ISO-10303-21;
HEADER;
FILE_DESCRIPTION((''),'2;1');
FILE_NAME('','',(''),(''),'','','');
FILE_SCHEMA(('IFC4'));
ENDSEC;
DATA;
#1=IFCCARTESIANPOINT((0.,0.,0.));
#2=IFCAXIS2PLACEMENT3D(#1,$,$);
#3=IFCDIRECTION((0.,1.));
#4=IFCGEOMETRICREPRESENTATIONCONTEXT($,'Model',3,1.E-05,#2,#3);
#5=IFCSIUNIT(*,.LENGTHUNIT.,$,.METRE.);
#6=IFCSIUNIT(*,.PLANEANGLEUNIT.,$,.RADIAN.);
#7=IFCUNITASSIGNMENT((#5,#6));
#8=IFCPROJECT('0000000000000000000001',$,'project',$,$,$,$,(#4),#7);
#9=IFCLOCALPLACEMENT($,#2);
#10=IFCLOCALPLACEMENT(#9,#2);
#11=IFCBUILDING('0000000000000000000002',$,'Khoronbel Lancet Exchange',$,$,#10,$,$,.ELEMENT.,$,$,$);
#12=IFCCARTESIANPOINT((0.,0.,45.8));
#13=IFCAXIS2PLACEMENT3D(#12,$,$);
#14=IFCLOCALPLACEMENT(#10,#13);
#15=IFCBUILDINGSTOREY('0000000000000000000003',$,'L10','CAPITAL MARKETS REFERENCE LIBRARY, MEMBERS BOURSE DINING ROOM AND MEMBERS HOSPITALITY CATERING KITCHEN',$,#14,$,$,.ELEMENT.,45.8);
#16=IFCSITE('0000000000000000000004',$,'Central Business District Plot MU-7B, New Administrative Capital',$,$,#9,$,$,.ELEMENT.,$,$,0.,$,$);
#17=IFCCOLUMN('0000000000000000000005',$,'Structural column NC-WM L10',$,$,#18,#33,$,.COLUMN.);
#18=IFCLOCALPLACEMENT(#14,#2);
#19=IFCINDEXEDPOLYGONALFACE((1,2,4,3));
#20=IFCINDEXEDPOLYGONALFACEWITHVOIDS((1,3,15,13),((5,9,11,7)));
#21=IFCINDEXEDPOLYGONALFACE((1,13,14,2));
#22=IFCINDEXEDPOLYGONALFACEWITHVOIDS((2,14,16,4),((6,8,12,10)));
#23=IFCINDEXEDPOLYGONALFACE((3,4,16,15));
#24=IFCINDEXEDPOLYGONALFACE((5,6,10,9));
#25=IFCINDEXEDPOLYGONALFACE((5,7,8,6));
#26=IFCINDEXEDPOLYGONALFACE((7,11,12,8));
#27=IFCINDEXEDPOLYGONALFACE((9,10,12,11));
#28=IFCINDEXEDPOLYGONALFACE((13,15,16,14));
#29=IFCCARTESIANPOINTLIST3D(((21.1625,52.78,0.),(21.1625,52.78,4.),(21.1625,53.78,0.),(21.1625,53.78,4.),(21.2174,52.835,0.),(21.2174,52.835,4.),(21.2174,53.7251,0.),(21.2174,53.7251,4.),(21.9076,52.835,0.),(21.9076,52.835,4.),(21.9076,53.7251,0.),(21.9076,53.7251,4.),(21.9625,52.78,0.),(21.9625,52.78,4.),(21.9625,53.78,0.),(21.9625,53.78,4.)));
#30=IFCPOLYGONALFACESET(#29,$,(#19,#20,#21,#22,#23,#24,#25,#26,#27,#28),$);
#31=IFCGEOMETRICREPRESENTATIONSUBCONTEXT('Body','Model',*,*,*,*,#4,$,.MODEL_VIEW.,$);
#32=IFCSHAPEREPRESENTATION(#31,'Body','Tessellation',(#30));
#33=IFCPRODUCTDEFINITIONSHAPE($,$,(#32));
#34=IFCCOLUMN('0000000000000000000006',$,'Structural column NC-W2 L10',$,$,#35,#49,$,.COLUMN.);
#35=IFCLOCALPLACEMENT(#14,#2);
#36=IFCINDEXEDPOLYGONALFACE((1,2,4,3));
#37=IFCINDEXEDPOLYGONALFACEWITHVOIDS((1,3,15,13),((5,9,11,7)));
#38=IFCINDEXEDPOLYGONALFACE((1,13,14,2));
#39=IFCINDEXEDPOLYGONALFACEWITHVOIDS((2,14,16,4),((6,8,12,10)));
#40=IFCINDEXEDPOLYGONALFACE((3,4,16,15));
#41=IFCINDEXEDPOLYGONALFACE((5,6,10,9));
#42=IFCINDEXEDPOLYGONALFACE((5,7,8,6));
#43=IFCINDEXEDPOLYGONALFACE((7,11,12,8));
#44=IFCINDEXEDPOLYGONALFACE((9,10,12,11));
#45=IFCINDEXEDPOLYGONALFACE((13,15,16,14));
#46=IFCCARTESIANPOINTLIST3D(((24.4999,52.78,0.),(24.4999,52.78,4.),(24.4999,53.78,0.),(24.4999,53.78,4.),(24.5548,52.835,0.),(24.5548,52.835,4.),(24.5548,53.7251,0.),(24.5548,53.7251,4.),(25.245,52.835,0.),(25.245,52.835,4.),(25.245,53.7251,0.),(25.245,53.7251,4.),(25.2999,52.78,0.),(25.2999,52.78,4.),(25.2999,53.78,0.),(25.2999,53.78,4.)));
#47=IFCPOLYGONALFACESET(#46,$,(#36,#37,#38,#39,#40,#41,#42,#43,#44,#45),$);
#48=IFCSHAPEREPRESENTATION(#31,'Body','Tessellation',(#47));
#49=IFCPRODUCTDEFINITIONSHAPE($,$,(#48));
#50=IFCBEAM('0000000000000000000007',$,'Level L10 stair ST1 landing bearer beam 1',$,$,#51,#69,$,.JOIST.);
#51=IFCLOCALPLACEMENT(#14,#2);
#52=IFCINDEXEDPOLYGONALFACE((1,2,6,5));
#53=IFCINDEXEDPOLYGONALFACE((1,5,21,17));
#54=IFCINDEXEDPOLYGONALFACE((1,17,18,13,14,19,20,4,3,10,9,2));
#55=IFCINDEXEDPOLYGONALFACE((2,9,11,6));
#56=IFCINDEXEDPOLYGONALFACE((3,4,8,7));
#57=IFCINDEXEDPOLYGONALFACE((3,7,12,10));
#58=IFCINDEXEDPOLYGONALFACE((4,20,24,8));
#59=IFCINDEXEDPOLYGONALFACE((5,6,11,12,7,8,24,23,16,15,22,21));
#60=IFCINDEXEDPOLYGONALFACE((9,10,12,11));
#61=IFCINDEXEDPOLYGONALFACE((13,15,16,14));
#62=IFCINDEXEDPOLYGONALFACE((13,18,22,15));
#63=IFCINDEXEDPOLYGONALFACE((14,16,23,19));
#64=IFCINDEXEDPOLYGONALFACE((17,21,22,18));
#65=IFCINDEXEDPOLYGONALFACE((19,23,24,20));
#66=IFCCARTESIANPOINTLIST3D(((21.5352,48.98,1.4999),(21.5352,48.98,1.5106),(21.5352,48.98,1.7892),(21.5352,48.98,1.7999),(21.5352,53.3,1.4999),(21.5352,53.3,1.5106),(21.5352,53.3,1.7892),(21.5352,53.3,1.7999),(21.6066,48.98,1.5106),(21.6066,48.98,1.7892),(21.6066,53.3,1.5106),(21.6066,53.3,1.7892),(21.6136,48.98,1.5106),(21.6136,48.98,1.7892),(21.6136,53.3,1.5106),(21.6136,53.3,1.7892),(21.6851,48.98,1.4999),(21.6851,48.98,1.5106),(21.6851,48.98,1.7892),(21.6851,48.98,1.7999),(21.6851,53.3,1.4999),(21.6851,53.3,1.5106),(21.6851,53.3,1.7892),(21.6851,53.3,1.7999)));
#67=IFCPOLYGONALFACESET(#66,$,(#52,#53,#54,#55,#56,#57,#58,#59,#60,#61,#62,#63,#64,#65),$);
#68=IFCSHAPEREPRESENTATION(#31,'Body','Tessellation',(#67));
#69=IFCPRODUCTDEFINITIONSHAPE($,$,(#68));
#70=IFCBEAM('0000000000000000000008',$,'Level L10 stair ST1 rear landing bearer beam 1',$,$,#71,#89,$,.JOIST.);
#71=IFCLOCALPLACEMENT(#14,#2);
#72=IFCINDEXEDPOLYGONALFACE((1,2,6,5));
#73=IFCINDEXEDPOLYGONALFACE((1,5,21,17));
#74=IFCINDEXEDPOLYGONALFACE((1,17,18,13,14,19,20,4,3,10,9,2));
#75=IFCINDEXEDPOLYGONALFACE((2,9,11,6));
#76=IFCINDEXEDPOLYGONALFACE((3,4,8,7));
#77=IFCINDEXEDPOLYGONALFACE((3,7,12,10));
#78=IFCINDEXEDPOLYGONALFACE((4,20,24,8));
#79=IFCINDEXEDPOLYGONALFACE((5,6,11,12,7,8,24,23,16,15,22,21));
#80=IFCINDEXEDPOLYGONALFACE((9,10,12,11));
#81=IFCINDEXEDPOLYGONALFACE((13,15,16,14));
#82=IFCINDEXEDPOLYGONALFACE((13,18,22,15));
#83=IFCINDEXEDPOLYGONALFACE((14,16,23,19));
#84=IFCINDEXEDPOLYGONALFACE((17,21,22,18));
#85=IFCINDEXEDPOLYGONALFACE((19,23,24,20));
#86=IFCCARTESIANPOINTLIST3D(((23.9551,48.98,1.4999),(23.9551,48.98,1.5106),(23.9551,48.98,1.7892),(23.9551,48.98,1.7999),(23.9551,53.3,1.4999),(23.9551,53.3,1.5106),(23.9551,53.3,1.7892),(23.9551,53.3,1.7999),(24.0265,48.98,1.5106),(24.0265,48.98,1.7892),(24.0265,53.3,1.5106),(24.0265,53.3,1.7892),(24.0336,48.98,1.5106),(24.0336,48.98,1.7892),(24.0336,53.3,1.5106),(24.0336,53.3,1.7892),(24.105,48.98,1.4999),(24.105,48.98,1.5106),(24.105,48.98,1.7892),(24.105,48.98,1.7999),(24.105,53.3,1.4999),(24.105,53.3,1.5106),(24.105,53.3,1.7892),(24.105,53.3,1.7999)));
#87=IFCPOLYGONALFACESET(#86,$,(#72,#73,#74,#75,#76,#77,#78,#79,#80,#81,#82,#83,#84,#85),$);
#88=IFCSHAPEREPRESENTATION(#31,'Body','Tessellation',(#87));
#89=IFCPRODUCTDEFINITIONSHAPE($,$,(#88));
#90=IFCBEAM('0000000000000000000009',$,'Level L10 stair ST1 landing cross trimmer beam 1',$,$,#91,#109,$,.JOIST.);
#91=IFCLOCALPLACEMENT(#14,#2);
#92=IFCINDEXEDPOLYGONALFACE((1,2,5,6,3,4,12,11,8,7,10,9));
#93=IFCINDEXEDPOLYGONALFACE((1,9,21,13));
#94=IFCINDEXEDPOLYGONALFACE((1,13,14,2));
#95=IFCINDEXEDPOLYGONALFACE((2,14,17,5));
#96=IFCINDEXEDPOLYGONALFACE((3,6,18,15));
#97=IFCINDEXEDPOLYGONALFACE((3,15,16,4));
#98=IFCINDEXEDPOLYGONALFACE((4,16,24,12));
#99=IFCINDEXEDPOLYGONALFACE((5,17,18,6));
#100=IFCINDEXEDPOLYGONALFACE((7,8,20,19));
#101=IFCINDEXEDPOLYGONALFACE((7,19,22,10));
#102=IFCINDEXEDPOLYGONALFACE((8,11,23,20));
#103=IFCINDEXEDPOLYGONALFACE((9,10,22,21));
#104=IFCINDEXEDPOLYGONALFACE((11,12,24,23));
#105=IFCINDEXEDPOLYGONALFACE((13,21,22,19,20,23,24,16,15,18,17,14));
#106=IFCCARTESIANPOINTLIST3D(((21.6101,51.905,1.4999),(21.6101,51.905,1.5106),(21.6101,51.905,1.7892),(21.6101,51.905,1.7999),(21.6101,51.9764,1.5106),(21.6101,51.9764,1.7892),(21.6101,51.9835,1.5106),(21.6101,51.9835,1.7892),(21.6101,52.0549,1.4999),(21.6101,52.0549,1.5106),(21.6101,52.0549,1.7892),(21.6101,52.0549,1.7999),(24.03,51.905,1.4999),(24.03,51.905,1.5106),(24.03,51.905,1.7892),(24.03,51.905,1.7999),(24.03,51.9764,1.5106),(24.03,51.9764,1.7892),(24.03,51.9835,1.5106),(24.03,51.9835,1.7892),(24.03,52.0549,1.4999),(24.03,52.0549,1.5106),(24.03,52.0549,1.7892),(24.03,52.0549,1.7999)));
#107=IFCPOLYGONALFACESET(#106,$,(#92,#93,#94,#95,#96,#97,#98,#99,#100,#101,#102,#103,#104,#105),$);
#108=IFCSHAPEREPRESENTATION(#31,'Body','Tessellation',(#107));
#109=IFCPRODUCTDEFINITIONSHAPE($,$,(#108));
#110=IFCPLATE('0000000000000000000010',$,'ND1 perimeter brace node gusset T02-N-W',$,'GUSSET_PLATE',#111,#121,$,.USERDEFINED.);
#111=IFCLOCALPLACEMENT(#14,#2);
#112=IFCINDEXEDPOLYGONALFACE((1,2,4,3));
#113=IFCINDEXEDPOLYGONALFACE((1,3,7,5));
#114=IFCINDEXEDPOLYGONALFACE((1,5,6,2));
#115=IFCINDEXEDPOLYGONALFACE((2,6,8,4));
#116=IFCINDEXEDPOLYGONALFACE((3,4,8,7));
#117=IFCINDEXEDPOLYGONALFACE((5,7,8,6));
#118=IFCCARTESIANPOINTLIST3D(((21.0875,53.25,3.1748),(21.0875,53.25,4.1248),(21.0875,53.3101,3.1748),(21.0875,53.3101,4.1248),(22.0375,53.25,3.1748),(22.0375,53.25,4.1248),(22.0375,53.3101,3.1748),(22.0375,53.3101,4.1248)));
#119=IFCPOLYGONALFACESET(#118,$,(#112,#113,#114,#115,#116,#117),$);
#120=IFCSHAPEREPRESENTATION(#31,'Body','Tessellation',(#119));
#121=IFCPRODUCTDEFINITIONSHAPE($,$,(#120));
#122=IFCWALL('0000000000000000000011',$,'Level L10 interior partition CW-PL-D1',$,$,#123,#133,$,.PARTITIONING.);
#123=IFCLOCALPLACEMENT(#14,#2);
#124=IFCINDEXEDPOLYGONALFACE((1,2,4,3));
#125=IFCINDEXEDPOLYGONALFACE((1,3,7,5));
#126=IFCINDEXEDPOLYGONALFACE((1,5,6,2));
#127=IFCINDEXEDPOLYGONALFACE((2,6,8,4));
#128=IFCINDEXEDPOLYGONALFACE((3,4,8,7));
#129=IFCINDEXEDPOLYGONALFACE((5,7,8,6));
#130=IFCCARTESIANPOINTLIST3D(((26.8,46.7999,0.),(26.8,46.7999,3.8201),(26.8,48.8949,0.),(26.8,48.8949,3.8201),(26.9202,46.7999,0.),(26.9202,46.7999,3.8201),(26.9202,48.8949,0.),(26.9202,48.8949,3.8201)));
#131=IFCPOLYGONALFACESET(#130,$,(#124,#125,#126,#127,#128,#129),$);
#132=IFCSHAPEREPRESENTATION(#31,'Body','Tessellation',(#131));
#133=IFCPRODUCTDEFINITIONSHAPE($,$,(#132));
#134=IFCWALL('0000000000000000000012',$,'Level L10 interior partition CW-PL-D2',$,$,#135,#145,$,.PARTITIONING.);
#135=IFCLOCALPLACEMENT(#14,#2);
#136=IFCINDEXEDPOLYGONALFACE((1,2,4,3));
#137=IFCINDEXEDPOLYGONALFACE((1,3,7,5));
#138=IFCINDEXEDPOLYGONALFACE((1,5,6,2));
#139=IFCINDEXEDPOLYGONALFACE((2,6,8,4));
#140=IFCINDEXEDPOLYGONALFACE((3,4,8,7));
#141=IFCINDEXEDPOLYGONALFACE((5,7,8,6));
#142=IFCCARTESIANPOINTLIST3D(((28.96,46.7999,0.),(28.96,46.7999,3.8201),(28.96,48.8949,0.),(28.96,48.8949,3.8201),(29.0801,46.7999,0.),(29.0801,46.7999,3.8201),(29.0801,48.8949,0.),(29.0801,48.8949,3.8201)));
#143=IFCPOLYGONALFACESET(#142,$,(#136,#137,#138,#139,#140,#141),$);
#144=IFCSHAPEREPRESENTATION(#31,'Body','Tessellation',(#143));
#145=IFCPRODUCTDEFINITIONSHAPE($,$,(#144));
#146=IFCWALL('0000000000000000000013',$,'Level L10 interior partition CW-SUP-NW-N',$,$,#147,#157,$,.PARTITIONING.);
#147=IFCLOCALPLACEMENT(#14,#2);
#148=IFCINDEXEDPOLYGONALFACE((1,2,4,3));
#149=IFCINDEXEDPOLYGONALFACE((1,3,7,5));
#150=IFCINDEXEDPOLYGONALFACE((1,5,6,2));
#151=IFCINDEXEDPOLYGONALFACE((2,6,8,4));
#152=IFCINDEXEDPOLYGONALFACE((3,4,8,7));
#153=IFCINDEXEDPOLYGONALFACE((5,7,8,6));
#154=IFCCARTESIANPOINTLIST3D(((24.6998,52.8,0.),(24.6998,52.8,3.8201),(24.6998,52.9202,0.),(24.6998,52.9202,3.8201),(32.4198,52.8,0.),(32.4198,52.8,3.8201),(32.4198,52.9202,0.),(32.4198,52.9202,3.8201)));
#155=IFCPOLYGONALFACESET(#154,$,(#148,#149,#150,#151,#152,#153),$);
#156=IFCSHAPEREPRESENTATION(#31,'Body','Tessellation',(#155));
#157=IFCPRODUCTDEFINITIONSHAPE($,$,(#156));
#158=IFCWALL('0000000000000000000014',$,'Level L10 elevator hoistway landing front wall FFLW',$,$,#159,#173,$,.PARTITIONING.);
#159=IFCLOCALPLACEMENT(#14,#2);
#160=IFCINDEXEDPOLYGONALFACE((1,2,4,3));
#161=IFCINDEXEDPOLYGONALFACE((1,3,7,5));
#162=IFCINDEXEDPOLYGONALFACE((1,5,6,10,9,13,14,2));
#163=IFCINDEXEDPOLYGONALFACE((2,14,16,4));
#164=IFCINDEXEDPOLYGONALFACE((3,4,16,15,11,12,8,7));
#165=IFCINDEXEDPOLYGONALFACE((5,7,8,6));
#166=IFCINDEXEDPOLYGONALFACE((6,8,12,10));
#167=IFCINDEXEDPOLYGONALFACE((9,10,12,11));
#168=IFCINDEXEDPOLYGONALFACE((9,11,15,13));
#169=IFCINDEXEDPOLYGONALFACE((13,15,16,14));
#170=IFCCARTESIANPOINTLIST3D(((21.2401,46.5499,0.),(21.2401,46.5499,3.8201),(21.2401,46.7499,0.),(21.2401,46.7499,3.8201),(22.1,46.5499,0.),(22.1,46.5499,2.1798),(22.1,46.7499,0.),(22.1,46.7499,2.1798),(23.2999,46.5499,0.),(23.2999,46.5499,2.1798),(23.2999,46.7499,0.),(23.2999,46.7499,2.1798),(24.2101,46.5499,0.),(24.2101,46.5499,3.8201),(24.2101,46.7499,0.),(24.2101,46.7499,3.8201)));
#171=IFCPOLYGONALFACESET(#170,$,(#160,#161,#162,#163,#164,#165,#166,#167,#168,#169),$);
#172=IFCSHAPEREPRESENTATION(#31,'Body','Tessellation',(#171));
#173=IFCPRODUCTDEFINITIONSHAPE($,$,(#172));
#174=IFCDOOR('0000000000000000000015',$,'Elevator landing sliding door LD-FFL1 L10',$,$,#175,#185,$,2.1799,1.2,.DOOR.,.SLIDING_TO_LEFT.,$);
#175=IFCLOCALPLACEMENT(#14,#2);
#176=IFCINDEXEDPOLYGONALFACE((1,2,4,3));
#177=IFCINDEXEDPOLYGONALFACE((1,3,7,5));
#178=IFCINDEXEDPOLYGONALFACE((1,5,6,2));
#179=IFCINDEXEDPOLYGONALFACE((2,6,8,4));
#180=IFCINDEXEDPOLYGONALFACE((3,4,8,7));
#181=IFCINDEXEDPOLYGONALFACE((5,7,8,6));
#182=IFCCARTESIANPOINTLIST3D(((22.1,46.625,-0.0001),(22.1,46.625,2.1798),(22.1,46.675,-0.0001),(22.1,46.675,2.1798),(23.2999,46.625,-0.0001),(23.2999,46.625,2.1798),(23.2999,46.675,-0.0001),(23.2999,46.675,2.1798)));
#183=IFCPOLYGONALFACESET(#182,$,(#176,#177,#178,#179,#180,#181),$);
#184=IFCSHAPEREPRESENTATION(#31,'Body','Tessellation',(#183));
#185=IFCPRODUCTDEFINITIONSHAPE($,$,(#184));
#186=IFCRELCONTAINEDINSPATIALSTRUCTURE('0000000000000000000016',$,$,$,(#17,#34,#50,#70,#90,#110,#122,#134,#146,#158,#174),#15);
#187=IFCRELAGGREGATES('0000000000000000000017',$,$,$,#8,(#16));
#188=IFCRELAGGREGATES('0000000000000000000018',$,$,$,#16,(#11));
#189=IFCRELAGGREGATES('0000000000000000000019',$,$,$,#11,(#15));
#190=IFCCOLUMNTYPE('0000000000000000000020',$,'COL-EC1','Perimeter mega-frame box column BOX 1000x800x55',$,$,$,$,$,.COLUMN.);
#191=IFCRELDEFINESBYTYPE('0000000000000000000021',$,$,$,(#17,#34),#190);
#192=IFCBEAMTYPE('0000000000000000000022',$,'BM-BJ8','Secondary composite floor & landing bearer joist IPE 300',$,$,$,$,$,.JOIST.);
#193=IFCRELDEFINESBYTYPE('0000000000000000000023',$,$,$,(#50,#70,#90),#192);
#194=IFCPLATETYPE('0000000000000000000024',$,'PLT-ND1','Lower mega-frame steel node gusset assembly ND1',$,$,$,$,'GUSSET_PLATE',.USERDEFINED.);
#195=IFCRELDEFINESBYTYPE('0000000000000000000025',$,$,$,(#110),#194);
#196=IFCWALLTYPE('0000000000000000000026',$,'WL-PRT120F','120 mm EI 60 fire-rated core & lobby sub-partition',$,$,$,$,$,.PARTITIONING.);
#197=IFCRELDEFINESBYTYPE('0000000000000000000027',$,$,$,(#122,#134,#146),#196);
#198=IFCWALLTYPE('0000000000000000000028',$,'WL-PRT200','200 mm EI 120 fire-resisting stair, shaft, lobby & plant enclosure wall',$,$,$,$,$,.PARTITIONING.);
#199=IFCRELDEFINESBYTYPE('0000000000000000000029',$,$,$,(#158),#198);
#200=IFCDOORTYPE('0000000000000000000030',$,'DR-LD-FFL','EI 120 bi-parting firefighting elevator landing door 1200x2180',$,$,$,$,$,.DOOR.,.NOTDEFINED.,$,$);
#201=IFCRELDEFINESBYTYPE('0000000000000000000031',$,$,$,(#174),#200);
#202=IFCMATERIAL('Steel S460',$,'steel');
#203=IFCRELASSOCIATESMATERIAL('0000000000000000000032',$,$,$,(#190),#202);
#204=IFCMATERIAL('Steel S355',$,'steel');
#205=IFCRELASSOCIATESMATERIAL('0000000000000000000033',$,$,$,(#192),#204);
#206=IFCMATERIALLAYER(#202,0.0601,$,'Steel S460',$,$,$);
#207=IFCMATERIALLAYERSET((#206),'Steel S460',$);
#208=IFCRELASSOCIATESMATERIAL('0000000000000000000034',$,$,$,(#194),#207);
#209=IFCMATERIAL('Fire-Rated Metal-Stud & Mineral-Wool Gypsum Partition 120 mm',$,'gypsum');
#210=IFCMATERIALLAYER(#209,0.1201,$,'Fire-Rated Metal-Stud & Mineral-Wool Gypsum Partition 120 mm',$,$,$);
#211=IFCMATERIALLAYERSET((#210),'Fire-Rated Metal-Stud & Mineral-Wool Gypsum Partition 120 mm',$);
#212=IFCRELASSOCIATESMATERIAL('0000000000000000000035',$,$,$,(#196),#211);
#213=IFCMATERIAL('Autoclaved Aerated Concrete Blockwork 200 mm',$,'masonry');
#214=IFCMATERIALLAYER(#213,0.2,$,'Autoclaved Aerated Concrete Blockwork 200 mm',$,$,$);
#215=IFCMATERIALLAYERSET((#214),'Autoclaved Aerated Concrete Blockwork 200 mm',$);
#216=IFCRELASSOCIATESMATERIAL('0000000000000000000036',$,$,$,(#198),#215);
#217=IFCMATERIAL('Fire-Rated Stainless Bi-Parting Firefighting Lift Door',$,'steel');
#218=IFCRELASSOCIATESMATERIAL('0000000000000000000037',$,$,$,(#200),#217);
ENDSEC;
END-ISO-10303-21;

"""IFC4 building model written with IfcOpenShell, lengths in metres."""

from ifc_helpers import new_model, si_unit, direction, frame, frame_2d, origin, origin_2d, place, context, subcontext, project, spatial, rectangle, hollow_rectangle, i_section, extrude, material, layer, layer_set, material_profile, profile_set, type_object, element, fill, save


model = new_model("IFC4")

# Units and contexts
model_context = context("Model", 3, precision=1e-05, world=origin(), true_north=direction((0.0, 1.0)))
body_context = subcontext(model_context, "Body", "Model", "MODEL_VIEW")
ifc_project = project(units=[si_unit("LENGTHUNIT", "METRE"), si_unit("PLANEANGLEUNIT", "RADIAN")], contexts=[model_context])

# Site, building, storey
site_placement = place(None, origin())
site = spatial("IfcSite", under=ifc_project, at=site_placement, Name="Central Business District Plot MU-7B, New Administrative Capital", CompositionType="ELEMENT", RefElevation=0.0)
building_placement = place(site_placement, origin())
building = spatial("IfcBuilding", under=site, at=building_placement, Name="Khoronbel Lancet Exchange", CompositionType="ELEMENT")
storey_placement = place(building_placement, frame((0.0, 0.0, 45.8)))
storey = spatial("IfcBuildingStorey", under=building, at=storey_placement, Name="L10", Description="CAPITAL MARKETS REFERENCE LIBRARY, MEMBERS BOURSE DINING ROOM AND MEMBERS HOSPITALITY CATERING KITCHEN", CompositionType="ELEMENT", Elevation=45.8)

# Columns
ifc_material_1 = material(Name="Steel S460", Category="steel")
ifc_material_profile_1 = material_profile(ifc_material_1, hollow_rectangle(XDim=0.8, YDim=1.0, WallThickness=0.0549, at=origin_2d()), Name="BOX 1000x800x55")
ifc_profile_set_1 = profile_set([ifc_material_profile_1], Name="Steel S460")
column_type = type_object("IfcColumnType", Name="COL-EC1", Description="Perimeter mega-frame box column BOX 1000x800x55", PredefinedType="COLUMN", material=ifc_profile_set_1)
for number, where, z_axis, x_axis, name in (
    (1, (21.5625, 53.28, 0.0), (0.0, 0.0, 1.0), (1.0, 0.0, 0.0), "Structural column NC-WM L10"),
    (2, (24.8999, 53.28, 0.0), (0.0, 0.0, 1.0), (1.0, 0.0, 0.0), "Structural column NC-W2 L10"),
):
    element("IfcColumn", number, at=place(storey_placement, frame(where, z_axis=z_axis, x_axis=x_axis)), inside=storey, type_object=column_type, Name=name, PredefinedType="COLUMN", context=body_context, shape_type="SweptSolid", body=[
        extrude(hollow_rectangle(XDim=0.8, YDim=1.0, WallThickness=0.0549, at=origin_2d()), origin(), (0.0, 0.0, 1.0), 4.0),
    ])

# Beams
ifc_material_2 = material(Name="Steel S355", Category="steel")
ifc_material_profile_2 = material_profile(ifc_material_2, i_section(OverallWidth=0.1499, OverallDepth=0.3, WebThickness=0.0071, FlangeThickness=0.0107, at=origin_2d()), Name="IPE 300")
ifc_profile_set_2 = profile_set([ifc_material_profile_2], Name="Steel S355")
beam_type = type_object("IfcBeamType", Name="BM-BJ8", Description="Secondary composite floor & landing bearer joist IPE 300", PredefinedType="JOIST", material=ifc_profile_set_2)
for number, where, z_axis, x_axis, name in (
    (3, (21.6101, 48.98, 1.6499), (0.0, 1.0, 0.0), (-1.0, 0.0, 0.0), "Level L10 stair ST1 landing bearer beam 1"),
    (4, (24.03, 48.98, 1.6499), (0.0, 1.0, 0.0), (-1.0, 0.0, 0.0), "Level L10 stair ST1 rear landing bearer beam 1"),
):
    element("IfcBeam", number, at=place(storey_placement, frame(where, z_axis=z_axis, x_axis=x_axis)), inside=storey, type_object=beam_type, Name=name, PredefinedType="JOIST", context=body_context, shape_type="SweptSolid", body=[
        extrude(i_section(OverallWidth=0.1499, OverallDepth=0.3, WebThickness=0.0071, FlangeThickness=0.0107, at=origin_2d()), origin(), (0.0, 0.0, 1.0), 4.3201),
    ])
beam_placement = place(storey_placement, frame((21.6101, 51.98, 1.6499), z_axis=(1.0, 0.0, 0.0), x_axis=(0.0, 1.0, 0.0)))
element("IfcBeam", 5, at=beam_placement, inside=storey, type_object=beam_type, Name="Level L10 stair ST1 landing cross trimmer beam 1", PredefinedType="JOIST", context=body_context, shape_type="SweptSolid", body=[
    extrude(i_section(OverallWidth=0.1499, OverallDepth=0.3, WebThickness=0.0071, FlangeThickness=0.0107, at=origin_2d()), origin(), (0.0, 0.0, 1.0), 2.4199),
])

# Plate
ifc_layer_1 = layer(ifc_material_1, 0.0601, Name="Steel S460")
ifc_layer_set_1 = layer_set([ifc_layer_1], Name="Steel S460")
plate_type = type_object("IfcPlateType", Name="PLT-ND1", Description="Lower mega-frame steel node gusset assembly ND1", ElementType="GUSSET_PLATE", PredefinedType="USERDEFINED", material=ifc_layer_set_1)
plate_placement = place(storey_placement, frame((21.5625, 53.28, 3.1748), z_axis=(0.0, 0.0, 1.0), x_axis=(1.0, 0.0, 0.0)))
element("IfcPlate", 6, at=plate_placement, inside=storey, type_object=plate_type, Name="ND1 perimeter brace node gusset T02-N-W", ObjectType="GUSSET_PLATE", PredefinedType="USERDEFINED", context=body_context, shape_type="SweptSolid", body=[
    extrude(rectangle(XDim=0.95, YDim=0.0601, at=origin_2d()), origin(), (0.0, 0.0, 1.0), 0.95),
])

# Walls
ifc_material_3 = material(Name="Fire-Rated Metal-Stud & Mineral-Wool Gypsum Partition 120 mm", Category="gypsum")
ifc_layer_2 = layer(ifc_material_3, 0.1201, Name="Fire-Rated Metal-Stud & Mineral-Wool Gypsum Partition 120 mm")
ifc_layer_set_2 = layer_set([ifc_layer_2], Name="Fire-Rated Metal-Stud & Mineral-Wool Gypsum Partition 120 mm")
wall_type_1 = type_object("IfcWallType", Name="WL-PRT120F", Description="120 mm EI 60 fire-rated core & lobby sub-partition", PredefinedType="PARTITIONING", material=ifc_layer_set_2)
for number, where, z_axis, x_axis, name in (
    (7, (26.8601, 46.8, 0.0), (0.0, 0.0, 1.0), (0.0, 1.0, 0.0), "Level L10 interior partition CW-PL-D1"),
    (8, (29.02, 46.8, 0.0), (0.0, 0.0, 1.0), (0.0, 1.0, 0.0), "Level L10 interior partition CW-PL-D2"),
):
    element("IfcWall", number, at=place(storey_placement, frame(where, z_axis=z_axis, x_axis=x_axis)), inside=storey, type_object=wall_type_1, Name=name, PredefinedType="PARTITIONING", context=body_context, shape_type="SweptSolid", body=[
        extrude(rectangle(XDim=2.095, YDim=0.1201, at=frame_2d((1.0474, 0.0))), origin(), (0.0, 0.0, 1.0), 3.8201),
    ])
wall_1_placement = place(storey_placement, frame((24.7, 52.8601, 0.0), z_axis=(0.0, 0.0, 1.0), x_axis=(1.0, 0.0, 0.0)))
element("IfcWall", 9, at=wall_1_placement, inside=storey, type_object=wall_type_1, Name="Level L10 interior partition CW-SUP-NW-N", PredefinedType="PARTITIONING", context=body_context, shape_type="SweptSolid", body=[
    extrude(rectangle(XDim=7.72, YDim=0.1201, at=frame_2d((3.8599, 0.0))), origin(), (0.0, 0.0, 1.0), 3.8201),
])

# Wall, opening, door
ifc_material_4 = material(Name="Autoclaved Aerated Concrete Blockwork 200 mm", Category="masonry")
ifc_layer_3 = layer(ifc_material_4, 0.2, Name="Autoclaved Aerated Concrete Blockwork 200 mm")
ifc_layer_set_3 = layer_set([ifc_layer_3], Name="Autoclaved Aerated Concrete Blockwork 200 mm")
wall_type_2 = type_object("IfcWallType", Name="WL-PRT200", Description="200 mm EI 120 fire-resisting stair, shaft, lobby & plant enclosure wall", PredefinedType="PARTITIONING", material=ifc_layer_set_3)
wall_2_placement = place(storey_placement, frame((24.21, 46.6499, 0.0), z_axis=(0.0, 0.0, 1.0), x_axis=(-1.0, 0.0, 0.0)))
wall_2 = element("IfcWall", 10, at=wall_2_placement, inside=storey, type_object=wall_type_2, Name="Level L10 elevator hoistway landing front wall FFLW", PredefinedType="PARTITIONING", context=body_context, shape_type="SweptSolid", body=[
    extrude(rectangle(XDim=2.97, YDim=0.2, at=frame_2d((1.4849, 0.0))), origin(), (0.0, 0.0, 1.0), 3.8201),
])
opening_1_placement = place(wall_2_placement, frame((0.9099, 0.0, 0.0)))
opening_1 = element("IfcOpeningElement", 11, at=opening_1_placement, cuts=wall_2, PredefinedType="OPENING", context=body_context, shape_type="SweptSolid", body=[
    extrude(rectangle(XDim=1.2, YDim=2.1799, at=frame_2d((0.6001, 1.0898))), frame((0.0, 0.1099, 0.0), z_axis=(0.0, -1.0, 0.0), x_axis=(1.0, 0.0, 0.0)), (0.0, 0.0, 1.0), 0.22),
])
ifc_material_5 = material(Name="Fire-Rated Stainless Bi-Parting Firefighting Lift Door", Category="steel")
door_type_1 = type_object("IfcDoorType", Name="DR-LD-FFL", Description="EI 120 bi-parting firefighting elevator landing door 1200x2180", OperationType="NOTDEFINED", PredefinedType="DOOR", material=ifc_material_5)
door_1_placement = place(opening_1_placement, origin())
door_1 = element("IfcDoor", 12, at=door_1_placement, inside=storey, type_object=door_type_1, Name="Elevator landing sliding door LD-FFL1 L10", OperationType="SLIDING_TO_LEFT", OverallHeight=2.1799, OverallWidth=1.2, PredefinedType="DOOR", context=body_context, shape_type="SweptSolid", body=[
    extrude(rectangle(XDim=1.2, YDim=2.1799, at=frame_2d((0.6001, 1.0898))), frame((0.0, 0.0249, 0.0), z_axis=(0.0, -1.0, 0.0), x_axis=(1.0, 0.0, 0.0)), (0.0, 0.0, 1.0), 0.05),
])
fill(opening_1, door_1)

save(model, "model.ifc")
